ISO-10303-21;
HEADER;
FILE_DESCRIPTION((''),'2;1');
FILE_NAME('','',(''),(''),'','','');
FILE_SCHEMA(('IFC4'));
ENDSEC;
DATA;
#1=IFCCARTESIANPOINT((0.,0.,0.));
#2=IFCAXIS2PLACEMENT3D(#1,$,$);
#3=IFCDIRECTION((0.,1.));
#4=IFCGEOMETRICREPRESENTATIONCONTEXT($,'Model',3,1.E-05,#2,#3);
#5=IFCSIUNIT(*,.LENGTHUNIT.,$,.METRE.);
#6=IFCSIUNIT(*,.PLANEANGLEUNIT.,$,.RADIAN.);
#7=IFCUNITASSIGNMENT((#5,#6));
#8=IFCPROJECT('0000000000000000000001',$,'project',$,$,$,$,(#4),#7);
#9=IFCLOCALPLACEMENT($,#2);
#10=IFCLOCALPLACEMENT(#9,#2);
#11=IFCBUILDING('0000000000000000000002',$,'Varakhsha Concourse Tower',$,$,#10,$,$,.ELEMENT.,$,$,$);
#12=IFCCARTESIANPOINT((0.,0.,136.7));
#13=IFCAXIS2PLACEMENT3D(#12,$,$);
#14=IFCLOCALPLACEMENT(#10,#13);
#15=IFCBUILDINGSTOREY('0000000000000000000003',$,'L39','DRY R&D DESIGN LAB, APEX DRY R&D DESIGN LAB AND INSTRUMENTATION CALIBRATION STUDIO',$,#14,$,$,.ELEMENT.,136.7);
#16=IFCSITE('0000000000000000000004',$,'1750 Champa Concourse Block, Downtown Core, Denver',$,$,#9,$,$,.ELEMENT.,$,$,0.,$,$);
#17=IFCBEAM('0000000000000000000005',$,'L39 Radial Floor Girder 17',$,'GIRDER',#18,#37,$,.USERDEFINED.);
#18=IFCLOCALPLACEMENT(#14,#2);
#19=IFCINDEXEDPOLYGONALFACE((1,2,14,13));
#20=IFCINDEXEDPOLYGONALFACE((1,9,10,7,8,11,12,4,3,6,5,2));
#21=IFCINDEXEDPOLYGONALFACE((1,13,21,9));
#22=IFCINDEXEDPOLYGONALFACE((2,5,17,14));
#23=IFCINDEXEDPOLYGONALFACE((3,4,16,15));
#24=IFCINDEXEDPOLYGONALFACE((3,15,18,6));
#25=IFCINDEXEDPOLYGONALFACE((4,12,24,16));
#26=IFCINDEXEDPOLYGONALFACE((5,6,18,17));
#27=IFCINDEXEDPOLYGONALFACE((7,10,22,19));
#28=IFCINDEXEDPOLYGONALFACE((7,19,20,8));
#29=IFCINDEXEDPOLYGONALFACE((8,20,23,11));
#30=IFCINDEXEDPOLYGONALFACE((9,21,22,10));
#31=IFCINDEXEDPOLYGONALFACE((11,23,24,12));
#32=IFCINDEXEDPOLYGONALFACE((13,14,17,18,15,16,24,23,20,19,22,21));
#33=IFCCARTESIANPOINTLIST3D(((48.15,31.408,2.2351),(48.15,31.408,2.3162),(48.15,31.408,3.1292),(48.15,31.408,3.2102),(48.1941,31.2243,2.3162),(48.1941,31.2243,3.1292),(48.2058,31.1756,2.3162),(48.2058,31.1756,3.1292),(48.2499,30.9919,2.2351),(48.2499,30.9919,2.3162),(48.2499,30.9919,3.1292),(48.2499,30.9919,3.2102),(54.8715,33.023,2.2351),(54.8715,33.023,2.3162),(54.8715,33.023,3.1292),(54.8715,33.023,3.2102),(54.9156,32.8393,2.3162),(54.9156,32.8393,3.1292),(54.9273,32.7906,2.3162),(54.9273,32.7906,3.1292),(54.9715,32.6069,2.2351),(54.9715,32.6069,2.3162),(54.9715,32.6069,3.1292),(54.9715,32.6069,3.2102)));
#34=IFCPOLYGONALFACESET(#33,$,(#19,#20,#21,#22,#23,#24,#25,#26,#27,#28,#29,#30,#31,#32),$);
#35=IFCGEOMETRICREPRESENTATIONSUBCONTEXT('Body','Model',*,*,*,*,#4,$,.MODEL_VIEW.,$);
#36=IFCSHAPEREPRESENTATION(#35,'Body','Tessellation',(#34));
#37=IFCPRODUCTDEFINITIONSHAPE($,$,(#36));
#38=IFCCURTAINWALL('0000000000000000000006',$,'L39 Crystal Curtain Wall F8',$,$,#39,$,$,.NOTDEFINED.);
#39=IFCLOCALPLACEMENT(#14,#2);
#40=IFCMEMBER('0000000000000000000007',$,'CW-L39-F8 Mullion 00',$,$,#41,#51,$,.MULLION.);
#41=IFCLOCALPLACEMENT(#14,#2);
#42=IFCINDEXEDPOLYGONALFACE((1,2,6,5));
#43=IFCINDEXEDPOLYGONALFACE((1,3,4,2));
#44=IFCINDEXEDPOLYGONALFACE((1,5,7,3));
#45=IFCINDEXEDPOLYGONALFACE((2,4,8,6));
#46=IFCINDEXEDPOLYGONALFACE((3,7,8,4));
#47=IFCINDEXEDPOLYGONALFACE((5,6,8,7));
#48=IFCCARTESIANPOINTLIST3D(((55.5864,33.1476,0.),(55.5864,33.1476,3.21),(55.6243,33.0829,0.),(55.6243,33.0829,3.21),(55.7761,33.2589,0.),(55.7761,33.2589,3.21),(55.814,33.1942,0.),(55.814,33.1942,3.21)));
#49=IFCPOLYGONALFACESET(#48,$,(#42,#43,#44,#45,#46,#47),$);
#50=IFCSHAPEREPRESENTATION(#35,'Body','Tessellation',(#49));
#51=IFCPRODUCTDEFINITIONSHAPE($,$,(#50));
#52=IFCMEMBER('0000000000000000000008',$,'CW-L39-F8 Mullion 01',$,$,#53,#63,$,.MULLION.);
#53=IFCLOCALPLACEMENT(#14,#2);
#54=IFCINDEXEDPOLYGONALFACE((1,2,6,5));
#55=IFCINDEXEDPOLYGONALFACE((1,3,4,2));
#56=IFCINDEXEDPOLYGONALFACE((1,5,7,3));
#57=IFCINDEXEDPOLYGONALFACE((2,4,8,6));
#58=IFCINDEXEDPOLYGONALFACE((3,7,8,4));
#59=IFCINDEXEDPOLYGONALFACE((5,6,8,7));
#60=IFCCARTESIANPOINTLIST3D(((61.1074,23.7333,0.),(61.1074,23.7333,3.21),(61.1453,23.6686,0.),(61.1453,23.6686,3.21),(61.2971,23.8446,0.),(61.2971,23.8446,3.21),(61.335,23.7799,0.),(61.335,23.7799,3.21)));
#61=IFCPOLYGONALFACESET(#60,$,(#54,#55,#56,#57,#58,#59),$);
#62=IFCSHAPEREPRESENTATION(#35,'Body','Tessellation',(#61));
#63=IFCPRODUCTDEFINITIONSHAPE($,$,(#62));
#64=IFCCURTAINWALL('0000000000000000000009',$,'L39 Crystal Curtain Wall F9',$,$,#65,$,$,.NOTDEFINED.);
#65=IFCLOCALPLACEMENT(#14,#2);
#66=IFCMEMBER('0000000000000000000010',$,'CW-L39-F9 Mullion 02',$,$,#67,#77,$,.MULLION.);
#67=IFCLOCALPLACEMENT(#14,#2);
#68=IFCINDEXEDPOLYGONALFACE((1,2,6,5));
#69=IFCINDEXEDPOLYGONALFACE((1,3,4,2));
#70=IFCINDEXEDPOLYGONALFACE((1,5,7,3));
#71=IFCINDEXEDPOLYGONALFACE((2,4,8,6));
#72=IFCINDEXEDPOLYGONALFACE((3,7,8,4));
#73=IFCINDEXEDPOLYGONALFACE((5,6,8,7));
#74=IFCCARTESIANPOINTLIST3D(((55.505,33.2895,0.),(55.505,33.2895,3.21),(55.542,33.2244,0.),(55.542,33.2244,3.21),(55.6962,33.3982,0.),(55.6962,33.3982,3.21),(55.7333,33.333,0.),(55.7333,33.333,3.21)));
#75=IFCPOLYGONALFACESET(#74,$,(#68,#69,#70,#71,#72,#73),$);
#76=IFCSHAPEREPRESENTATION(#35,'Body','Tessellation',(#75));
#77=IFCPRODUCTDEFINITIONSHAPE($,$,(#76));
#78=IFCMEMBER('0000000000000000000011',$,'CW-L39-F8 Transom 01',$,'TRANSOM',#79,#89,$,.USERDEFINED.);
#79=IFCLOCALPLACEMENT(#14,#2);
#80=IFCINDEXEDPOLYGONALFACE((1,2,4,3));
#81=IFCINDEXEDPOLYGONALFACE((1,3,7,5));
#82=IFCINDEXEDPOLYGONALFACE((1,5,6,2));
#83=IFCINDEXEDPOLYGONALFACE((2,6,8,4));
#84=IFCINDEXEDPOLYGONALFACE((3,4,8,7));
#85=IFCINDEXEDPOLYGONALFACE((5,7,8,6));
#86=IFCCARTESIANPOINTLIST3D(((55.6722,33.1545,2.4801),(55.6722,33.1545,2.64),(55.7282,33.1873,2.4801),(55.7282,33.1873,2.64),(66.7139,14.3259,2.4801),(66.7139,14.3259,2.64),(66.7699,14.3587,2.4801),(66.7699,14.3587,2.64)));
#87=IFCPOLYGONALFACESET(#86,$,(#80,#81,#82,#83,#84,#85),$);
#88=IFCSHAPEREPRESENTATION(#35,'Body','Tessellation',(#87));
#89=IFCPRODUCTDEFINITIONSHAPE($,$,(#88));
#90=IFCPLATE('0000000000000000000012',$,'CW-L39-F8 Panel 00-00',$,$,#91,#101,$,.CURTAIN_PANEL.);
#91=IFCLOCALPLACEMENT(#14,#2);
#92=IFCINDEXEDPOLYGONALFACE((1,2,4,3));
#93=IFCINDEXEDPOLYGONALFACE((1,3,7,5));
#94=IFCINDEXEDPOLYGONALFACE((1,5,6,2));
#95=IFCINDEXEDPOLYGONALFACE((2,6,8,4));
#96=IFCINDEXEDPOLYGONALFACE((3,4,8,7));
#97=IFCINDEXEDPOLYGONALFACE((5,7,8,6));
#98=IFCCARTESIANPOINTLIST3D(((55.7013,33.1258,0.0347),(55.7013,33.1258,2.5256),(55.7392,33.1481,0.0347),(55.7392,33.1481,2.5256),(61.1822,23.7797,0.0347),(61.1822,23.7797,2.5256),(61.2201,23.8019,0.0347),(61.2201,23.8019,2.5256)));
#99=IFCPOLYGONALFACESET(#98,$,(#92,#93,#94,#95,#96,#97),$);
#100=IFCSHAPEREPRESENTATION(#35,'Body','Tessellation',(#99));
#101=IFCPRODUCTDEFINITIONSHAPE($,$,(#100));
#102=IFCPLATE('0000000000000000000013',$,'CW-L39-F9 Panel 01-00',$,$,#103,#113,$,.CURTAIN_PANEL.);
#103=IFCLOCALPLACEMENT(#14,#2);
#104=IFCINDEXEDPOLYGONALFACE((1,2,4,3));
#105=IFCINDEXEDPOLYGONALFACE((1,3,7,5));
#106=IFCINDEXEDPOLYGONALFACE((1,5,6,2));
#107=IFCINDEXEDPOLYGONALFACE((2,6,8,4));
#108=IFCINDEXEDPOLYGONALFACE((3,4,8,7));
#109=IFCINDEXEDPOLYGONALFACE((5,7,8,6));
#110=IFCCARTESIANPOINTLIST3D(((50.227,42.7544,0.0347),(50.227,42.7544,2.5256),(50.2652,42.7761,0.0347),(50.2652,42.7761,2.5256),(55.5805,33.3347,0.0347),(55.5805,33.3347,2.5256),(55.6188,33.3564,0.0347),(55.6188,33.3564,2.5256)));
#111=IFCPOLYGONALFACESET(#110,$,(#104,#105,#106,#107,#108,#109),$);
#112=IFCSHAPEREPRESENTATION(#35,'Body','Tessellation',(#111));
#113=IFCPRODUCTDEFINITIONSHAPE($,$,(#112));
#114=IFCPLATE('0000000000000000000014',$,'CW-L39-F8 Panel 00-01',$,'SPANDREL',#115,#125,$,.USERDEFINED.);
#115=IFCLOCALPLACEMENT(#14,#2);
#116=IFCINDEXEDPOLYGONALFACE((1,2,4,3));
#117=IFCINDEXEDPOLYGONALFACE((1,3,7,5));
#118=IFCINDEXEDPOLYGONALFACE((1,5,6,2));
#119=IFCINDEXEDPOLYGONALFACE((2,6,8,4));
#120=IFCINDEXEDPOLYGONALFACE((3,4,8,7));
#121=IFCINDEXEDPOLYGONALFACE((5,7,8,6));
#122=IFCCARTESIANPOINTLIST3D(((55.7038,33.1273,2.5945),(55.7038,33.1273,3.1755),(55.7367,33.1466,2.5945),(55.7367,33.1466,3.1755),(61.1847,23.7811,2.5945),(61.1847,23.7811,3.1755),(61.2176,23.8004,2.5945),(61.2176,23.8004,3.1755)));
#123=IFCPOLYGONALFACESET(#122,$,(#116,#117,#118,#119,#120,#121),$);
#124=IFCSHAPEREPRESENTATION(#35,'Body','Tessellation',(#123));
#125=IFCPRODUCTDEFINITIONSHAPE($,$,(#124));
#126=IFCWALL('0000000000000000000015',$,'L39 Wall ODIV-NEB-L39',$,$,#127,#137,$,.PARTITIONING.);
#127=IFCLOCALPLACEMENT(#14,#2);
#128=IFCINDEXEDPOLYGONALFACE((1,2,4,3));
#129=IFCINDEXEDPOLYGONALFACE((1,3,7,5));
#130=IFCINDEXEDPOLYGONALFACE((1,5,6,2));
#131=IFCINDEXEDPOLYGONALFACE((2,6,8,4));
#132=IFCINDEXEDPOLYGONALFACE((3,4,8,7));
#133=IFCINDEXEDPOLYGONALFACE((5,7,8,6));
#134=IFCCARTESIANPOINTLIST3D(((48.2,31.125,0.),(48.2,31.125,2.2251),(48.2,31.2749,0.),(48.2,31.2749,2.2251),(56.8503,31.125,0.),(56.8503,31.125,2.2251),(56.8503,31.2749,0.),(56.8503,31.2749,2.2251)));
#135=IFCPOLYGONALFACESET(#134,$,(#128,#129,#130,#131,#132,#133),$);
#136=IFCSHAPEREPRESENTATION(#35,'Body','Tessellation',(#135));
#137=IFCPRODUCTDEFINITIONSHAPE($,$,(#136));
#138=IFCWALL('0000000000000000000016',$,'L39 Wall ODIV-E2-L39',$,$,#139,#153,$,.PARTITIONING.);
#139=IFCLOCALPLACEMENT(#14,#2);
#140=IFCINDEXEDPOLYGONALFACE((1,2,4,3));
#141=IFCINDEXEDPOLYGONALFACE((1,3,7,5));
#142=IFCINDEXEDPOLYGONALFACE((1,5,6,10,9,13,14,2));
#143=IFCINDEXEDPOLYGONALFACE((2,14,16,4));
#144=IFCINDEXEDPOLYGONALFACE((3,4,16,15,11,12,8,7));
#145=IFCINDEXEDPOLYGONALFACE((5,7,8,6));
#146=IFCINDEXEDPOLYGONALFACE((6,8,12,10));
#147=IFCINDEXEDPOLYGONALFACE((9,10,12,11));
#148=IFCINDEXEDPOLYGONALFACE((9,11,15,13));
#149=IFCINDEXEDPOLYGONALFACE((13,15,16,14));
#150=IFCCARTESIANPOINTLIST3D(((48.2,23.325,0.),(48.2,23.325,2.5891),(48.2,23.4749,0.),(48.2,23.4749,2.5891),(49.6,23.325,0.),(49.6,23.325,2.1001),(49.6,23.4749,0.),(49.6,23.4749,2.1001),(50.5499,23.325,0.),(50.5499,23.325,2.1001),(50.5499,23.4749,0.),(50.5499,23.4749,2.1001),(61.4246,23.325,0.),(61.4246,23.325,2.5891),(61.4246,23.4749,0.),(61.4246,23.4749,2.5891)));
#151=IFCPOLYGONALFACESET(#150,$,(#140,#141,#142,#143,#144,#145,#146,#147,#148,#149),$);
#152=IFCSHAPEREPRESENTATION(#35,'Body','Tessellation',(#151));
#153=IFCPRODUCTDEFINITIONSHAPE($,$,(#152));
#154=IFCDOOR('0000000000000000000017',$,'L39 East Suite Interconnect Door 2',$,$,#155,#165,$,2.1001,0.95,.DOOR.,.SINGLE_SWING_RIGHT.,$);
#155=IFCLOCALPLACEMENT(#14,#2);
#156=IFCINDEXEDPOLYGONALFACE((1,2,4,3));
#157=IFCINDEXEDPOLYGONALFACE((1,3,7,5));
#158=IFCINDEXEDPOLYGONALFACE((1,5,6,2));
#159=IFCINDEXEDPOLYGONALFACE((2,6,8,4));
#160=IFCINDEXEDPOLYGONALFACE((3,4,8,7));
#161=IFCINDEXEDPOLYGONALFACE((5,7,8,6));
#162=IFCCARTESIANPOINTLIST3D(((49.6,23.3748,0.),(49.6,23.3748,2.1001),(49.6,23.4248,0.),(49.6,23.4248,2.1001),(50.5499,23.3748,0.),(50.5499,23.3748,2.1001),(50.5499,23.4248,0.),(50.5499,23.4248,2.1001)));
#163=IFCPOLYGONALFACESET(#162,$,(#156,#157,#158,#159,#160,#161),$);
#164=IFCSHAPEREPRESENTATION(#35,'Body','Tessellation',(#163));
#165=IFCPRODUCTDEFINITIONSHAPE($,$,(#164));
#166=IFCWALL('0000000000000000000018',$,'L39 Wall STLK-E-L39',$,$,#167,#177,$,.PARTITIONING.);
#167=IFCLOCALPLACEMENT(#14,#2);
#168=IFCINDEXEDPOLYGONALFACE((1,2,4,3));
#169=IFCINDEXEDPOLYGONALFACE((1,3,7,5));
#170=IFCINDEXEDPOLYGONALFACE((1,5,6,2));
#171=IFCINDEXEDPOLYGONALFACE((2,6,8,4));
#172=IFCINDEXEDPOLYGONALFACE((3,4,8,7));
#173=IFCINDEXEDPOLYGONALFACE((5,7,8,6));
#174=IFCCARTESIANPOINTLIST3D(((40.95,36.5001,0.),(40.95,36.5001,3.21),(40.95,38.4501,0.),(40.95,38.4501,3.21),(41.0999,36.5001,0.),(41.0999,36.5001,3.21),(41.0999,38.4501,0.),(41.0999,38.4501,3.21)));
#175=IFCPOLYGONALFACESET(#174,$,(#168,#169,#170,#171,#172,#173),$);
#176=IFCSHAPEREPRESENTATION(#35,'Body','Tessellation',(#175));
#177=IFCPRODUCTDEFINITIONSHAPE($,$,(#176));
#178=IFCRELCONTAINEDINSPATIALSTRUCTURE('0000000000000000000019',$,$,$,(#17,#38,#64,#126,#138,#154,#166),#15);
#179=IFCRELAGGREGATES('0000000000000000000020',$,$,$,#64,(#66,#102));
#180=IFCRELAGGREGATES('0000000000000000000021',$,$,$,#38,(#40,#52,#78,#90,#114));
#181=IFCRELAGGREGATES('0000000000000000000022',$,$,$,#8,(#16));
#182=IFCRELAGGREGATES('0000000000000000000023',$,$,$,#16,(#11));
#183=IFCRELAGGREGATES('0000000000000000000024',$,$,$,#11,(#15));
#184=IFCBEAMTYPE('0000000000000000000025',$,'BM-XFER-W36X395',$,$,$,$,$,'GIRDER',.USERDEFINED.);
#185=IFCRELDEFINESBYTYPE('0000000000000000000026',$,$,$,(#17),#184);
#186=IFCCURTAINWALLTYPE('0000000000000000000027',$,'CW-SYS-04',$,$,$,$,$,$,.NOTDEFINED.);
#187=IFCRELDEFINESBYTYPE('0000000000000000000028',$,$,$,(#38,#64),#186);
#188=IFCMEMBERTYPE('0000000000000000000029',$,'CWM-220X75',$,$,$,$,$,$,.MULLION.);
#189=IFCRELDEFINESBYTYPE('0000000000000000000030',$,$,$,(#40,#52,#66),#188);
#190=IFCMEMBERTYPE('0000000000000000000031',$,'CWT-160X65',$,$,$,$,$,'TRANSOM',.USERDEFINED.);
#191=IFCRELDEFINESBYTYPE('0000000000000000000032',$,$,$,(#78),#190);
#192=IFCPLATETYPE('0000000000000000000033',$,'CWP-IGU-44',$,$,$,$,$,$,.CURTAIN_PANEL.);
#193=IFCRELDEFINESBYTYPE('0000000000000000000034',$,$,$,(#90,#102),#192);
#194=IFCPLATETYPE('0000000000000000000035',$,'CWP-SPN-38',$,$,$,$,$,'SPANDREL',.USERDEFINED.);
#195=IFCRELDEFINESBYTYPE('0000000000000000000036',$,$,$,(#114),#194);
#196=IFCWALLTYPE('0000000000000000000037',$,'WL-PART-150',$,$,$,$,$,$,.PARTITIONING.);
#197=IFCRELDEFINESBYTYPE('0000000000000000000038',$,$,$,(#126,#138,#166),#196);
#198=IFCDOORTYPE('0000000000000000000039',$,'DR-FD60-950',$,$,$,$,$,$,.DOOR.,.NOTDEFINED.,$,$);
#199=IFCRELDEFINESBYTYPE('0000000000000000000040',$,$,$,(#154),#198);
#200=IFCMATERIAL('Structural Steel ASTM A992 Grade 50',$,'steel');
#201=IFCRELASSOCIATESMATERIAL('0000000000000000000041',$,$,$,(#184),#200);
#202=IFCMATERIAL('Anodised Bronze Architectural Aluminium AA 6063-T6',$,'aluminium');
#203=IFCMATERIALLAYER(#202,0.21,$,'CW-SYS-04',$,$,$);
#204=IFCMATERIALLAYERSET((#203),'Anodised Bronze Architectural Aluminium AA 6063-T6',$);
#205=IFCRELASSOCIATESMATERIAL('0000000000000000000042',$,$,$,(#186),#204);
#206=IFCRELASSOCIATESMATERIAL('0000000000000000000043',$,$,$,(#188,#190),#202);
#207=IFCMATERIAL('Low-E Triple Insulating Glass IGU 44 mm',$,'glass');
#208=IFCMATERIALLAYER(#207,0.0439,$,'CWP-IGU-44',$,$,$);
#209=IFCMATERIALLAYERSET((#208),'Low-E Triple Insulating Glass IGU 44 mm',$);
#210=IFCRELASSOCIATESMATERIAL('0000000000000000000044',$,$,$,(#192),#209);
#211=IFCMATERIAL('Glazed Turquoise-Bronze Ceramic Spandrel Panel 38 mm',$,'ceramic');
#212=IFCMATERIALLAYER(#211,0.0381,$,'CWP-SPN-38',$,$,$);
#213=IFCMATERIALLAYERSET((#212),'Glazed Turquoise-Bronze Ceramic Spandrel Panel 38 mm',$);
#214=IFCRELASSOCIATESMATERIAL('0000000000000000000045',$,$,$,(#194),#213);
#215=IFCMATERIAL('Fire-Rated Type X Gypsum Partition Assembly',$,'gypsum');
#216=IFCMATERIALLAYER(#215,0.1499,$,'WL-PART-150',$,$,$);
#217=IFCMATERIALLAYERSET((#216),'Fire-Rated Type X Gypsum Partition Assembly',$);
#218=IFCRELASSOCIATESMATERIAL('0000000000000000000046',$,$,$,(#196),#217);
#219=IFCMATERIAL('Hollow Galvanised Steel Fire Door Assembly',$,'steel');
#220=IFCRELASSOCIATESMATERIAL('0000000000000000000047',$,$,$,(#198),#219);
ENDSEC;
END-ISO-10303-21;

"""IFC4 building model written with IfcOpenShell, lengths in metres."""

from ifc_helpers import new_model, si_unit, direction, frame, frame_2d, origin, origin_2d, place, context, subcontext, project, spatial, rectangle, i_section, extrude, source, transform, mapped, material, layer, layer_set, material_profile, profile_set, type_object, type_shapes, element, fill, aggregate, save


model = new_model("IFC4")

# Units and contexts
model_context = context("Model", 3, precision=1e-05, world=origin(), true_north=direction((0.0, 1.0)))
body_context = subcontext(model_context, "Body", "Model", "MODEL_VIEW")
ifc_project = project(units=[si_unit("LENGTHUNIT", "METRE"), si_unit("PLANEANGLEUNIT", "RADIAN")], contexts=[model_context])

# Site, building, storey
site_placement = place(None, origin())
site = spatial("IfcSite", under=ifc_project, at=site_placement, Name="1750 Champa Concourse Block, Downtown Core, Denver", CompositionType="ELEMENT", RefElevation=0.0)
building_placement = place(site_placement, origin())
building = spatial("IfcBuilding", under=site, at=building_placement, Name="Varakhsha Concourse Tower", CompositionType="ELEMENT")
storey_placement = place(building_placement, frame((0.0, 0.0, 136.7)))
storey = spatial("IfcBuildingStorey", under=building, at=storey_placement, Name="L39", Description="DRY R&D DESIGN LAB, APEX DRY R&D DESIGN LAB AND INSTRUMENTATION CALIBRATION STUDIO", CompositionType="ELEMENT", Elevation=136.7)

# Shared definitions
ifc_material_1 = material(Name="Structural Steel ASTM A992 Grade 50", Category="steel")

# Beam
ifc_material_profile_1 = material_profile(ifc_material_1, i_section(OverallWidth=0.428, OverallDepth=0.9751, WebThickness=0.05, FlangeThickness=0.0811, at=origin_2d()), Name="W36X395")
ifc_profile_set_1 = profile_set([ifc_material_profile_1], Name="Structural Steel ASTM A992 Grade 50")
beam_type_1 = type_object("IfcBeamType", Name="BM-XFER-W36X395", ElementType="GIRDER", PredefinedType="USERDEFINED", material=ifc_profile_set_1)
beam_1_placement = place(storey_placement, frame((48.2, 31.2, 2.7227), z_axis=(0.972327, 0.233625, 0.0), x_axis=(-0.233625, 0.972327, 0.0)))
element("IfcBeam", 1, at=beam_1_placement, inside=storey, type_object=beam_type_1, Name="L39 Radial Floor Girder 17", ObjectType="GIRDER", PredefinedType="USERDEFINED", context=body_context, shape_type="SweptSolid", body=[
    extrude(i_section(OverallWidth=0.428, OverallDepth=0.9751, WebThickness=0.05, FlangeThickness=0.0811, at=origin_2d()), origin(), (0.0, 0.0, 1.0), 6.9128),
])

# Curtain wall, members
ifc_material_2 = material(Name="Anodised Bronze Architectural Aluminium AA 6063-T6", Category="aluminium")
ifc_layer_1 = layer(ifc_material_2, 0.21, Name="CW-SYS-04")
ifc_layer_set_1 = layer_set([ifc_layer_1], Name="Anodised Bronze Architectural Aluminium AA 6063-T6")
curtain_wall_type = type_object("IfcCurtainWallType", Name="CW-SYS-04", PredefinedType="NOTDEFINED", material=ifc_layer_set_1)
curtain_wall_1_placement = place(storey_placement, origin())
curtain_wall_1 = element("IfcCurtainWall", 2, at=curtain_wall_1_placement, inside=storey, type_object=curtain_wall_type, Name="L39 Crystal Curtain Wall F8", PredefinedType="NOTDEFINED")
ifc_material_profile_2 = material_profile(ifc_material_2, rectangle(XDim=0.075, YDim=0.22, at=origin_2d()), Name="CWM-220X75")
ifc_profile_set_2 = profile_set([ifc_material_profile_2], Name="Anodised Bronze Architectural Aluminium AA 6063-T6")
member_type_1 = type_object("IfcMemberType", Name="CWM-220X75", PredefinedType="MULLION", material=ifc_profile_set_2)
shared_shape_1 = source(origin(), body_context, "Body", "SweptSolid", [
    extrude(rectangle(XDim=0.075, YDim=0.22, at=origin_2d()), origin(), (0.0, 0.0, 1.0), 3.21),
])
type_shapes(member_type_1, [shared_shape_1])
member_1_placement = place(storey_placement, frame((55.7002, 33.1709, 0.0), z_axis=(0.0, 0.0, 1.0), x_axis=(0.505862, -0.862614, 0.0)))
member_1 = element("IfcMember", 3, at=member_1_placement, type_object=member_type_1, Name="CW-L39-F8 Mullion 00", PredefinedType="MULLION", context=body_context, shape_type="MappedRepresentation", body=[
    mapped(shared_shape_1, transform((0.0, 0.0, 0.0), scale=1.0)),
])
member_2_placement = place(storey_placement, frame((61.2212, 23.7566, 0.0), z_axis=(0.0, 0.0, 1.0), x_axis=(0.505862, -0.862614, 0.0)))
member_2 = element("IfcMember", 4, at=member_2_placement, type_object=member_type_1, Name="CW-L39-F8 Mullion 01", PredefinedType="MULLION", context=body_context, shape_type="MappedRepresentation", body=[
    mapped(shared_shape_1, transform((0.0, 0.0, 0.0), scale=1.0)),
])

# Curtain wall, member
curtain_wall_2_placement = place(storey_placement, origin())
curtain_wall_2 = element("IfcCurtainWall", 5, at=curtain_wall_2_placement, inside=storey, type_object=curtain_wall_type, Name="L39 Crystal Curtain Wall F9", PredefinedType="NOTDEFINED")
member_3_placement = place(storey_placement, frame((55.6191, 33.3113, 0.0), z_axis=(0.0, 0.0, 1.0), x_axis=(0.494115, -0.869397, 0.0)))
member_3 = element("IfcMember", 6, at=member_3_placement, type_object=member_type_1, Name="CW-L39-F9 Mullion 02", PredefinedType="MULLION", context=body_context, shape_type="MappedRepresentation", body=[
    mapped(shared_shape_1, transform((0.0, 0.0, 0.0), scale=1.0)),
])

# Member
ifc_material_profile_3 = material_profile(ifc_material_2, rectangle(XDim=0.0649, YDim=0.1599, at=origin_2d()), Name="CWT-160X65")
ifc_profile_set_3 = profile_set([ifc_material_profile_3], Name="Anodised Bronze Architectural Aluminium AA 6063-T6")
member_type_2 = type_object("IfcMemberType", Name="CWT-160X65", ElementType="TRANSOM", PredefinedType="USERDEFINED", material=ifc_profile_set_3)
shared_shape_2 = source(origin(), body_context, "Body", "SweptSolid", [
    extrude(rectangle(XDim=0.0649, YDim=0.1599, at=origin_2d()), origin(), (0.0, 0.0, 1.0), 21.8274),
])
type_shapes(member_type_2, [shared_shape_2])
member_4_placement = place(storey_placement, frame((55.7002, 33.1709, 2.5601), z_axis=(0.505866, -0.862612, 0.0), x_axis=(0.862612, 0.505866, 0.0)))
member_4 = element("IfcMember", 7, at=member_4_placement, type_object=member_type_2, Name="CW-L39-F8 Transom 01", ObjectType="TRANSOM", PredefinedType="USERDEFINED", context=body_context, shape_type="MappedRepresentation", body=[
    mapped(shared_shape_2, transform((0.0, 0.0, 0.0), scale=1.0)),
])

# Plates
ifc_material_3 = material(Name="Low-E Triple Insulating Glass IGU 44 mm", Category="glass")
ifc_layer_2 = layer(ifc_material_3, 0.0439, Name="CWP-IGU-44")
ifc_layer_set_2 = layer_set([ifc_layer_2], Name="Low-E Triple Insulating Glass IGU 44 mm")
plate_type_1 = type_object("IfcPlateType", Name="CWP-IGU-44", PredefinedType="CURTAIN_PANEL", material=ifc_layer_set_2)
shared_shape_3 = source(origin(), body_context, "Body", "SweptSolid", [
    extrude(rectangle(XDim=10.8347, YDim=0.0439, at=origin_2d()), origin(), (0.0, 0.0, 1.0), 2.491),
])
type_shapes(plate_type_1, [shared_shape_3])
plate_1_placement = place(storey_placement, frame((58.4607, 28.4639, 0.0347), z_axis=(0.0, 0.0, 1.0), x_axis=(0.505862, -0.862614, 0.0)))
plate_1 = element("IfcPlate", 8, at=plate_1_placement, type_object=plate_type_1, Name="CW-L39-F8 Panel 00-00", PredefinedType="CURTAIN_PANEL", context=body_context, shape_type="MappedRepresentation", body=[
    mapped(shared_shape_3, transform((0.0, 0.0, 0.0), scale=1.0)),
])
plate_2_placement = place(storey_placement, frame((52.9229, 38.0554, 0.0347), z_axis=(0.0, 0.0, 1.0), x_axis=(0.494115, -0.869397, 0.0)))
plate_2 = element("IfcPlate", 9, at=plate_2_placement, type_object=plate_type_1, Name="CW-L39-F9 Panel 01-00", PredefinedType="CURTAIN_PANEL", context=body_context, shape_type="MappedRepresentation", body=[
    mapped(shared_shape_3, transform((0.0, 0.0, 0.0), scale=1.0)),
])
aggregate(curtain_wall_2, [member_3, plate_2])
ifc_material_4 = material(Name="Glazed Turquoise-Bronze Ceramic Spandrel Panel 38 mm", Category="ceramic")
ifc_layer_3 = layer(ifc_material_4, 0.0381, Name="CWP-SPN-38")
ifc_layer_set_3 = layer_set([ifc_layer_3], Name="Glazed Turquoise-Bronze Ceramic Spandrel Panel 38 mm")
plate_type_2 = type_object("IfcPlateType", Name="CWP-SPN-38", ElementType="SPANDREL", PredefinedType="USERDEFINED", material=ifc_layer_set_3)
shared_shape_4 = source(origin(), body_context, "Body", "SweptSolid", [
    extrude(rectangle(XDim=10.8347, YDim=0.0381, at=origin_2d()), origin(), (0.0, 0.0, 1.0), 0.5811),
])
type_shapes(plate_type_2, [shared_shape_4])
plate_3_placement = place(storey_placement, frame((58.4607, 28.4639, 2.5945), z_axis=(0.0, 0.0, 1.0), x_axis=(0.505862, -0.862614, 0.0)))
plate_3 = element("IfcPlate", 10, at=plate_3_placement, type_object=plate_type_2, Name="CW-L39-F8 Panel 00-01", ObjectType="SPANDREL", PredefinedType="USERDEFINED", context=body_context, shape_type="MappedRepresentation", body=[
    mapped(shared_shape_4, transform((0.0, 0.0, 0.0), scale=1.0)),
])
aggregate(curtain_wall_1, [member_1, member_2, member_4, plate_1, plate_3])

# Wall
ifc_material_5 = material(Name="Fire-Rated Type X Gypsum Partition Assembly", Category="gypsum")
ifc_layer_4 = layer(ifc_material_5, 0.1499, Name="WL-PART-150")
ifc_layer_set_4 = layer_set([ifc_layer_4], Name="Fire-Rated Type X Gypsum Partition Assembly")
wall_type_1 = type_object("IfcWallType", Name="WL-PART-150", PredefinedType="PARTITIONING", material=ifc_layer_set_4)
wall_1_placement = place(storey_placement, frame((48.2, 31.2, 0.0), z_axis=(0.0, 0.0, 1.0), x_axis=(1.0, 0.0, 0.0)))
element("IfcWall", 11, at=wall_1_placement, inside=storey, type_object=wall_type_1, Name="L39 Wall ODIV-NEB-L39", PredefinedType="PARTITIONING", context=body_context, shape_type="SweptSolid", body=[
    extrude(rectangle(XDim=8.6504, YDim=0.1499, at=frame_2d((4.3252, 0.0))), origin(), (0.0, 0.0, 1.0), 2.2251),
])

# Wall, opening, door
wall_2_placement = place(storey_placement, frame((48.2, 23.3999, 0.0), z_axis=(0.0, 0.0, 1.0), x_axis=(1.0, 0.0, 0.0)))
wall_2 = element("IfcWall", 12, at=wall_2_placement, inside=storey, type_object=wall_type_1, Name="L39 Wall ODIV-E2-L39", PredefinedType="PARTITIONING", context=body_context, shape_type="SweptSolid", body=[
    extrude(rectangle(XDim=13.2246, YDim=0.1499, at=frame_2d((6.6123, 0.0))), origin(), (0.0, 0.0, 1.0), 2.5891),
])
opening_placement = place(wall_2_placement, frame((1.3999, 0.0, 0.0)))
opening = element("IfcOpeningElement", 13, at=opening_placement, cuts=wall_2, PredefinedType="OPENING", context=body_context, shape_type="SweptSolid", body=[
    extrude(rectangle(XDim=0.95, YDim=2.1001, at=frame_2d((0.4751, 1.05))), frame((0.0, 0.085, 0.0), z_axis=(0.0, -1.0, 0.0), x_axis=(1.0, 0.0, 0.0)), (0.0, 0.0, 1.0), 0.1699),
])
ifc_material_6 = material(Name="Hollow Galvanised Steel Fire Door Assembly", Category="steel")
door_type = type_object("IfcDoorType", Name="DR-FD60-950", OperationType="NOTDEFINED", PredefinedType="DOOR", material=ifc_material_6)
door_placement = place(opening_placement, origin())
door = element("IfcDoor", 14, at=door_placement, inside=storey, type_object=door_type, Name="L39 East Suite Interconnect Door 2", OperationType="SINGLE_SWING_RIGHT", OverallHeight=2.1001, OverallWidth=0.95, PredefinedType="DOOR", context=body_context, shape_type="SweptSolid", body=[
    extrude(rectangle(XDim=0.95, YDim=2.1001, at=frame_2d((0.4751, 1.05))), frame((0.0, 0.0249, 0.0), z_axis=(0.0, -1.0, 0.0), x_axis=(1.0, 0.0, 0.0)), (0.0, 0.0, 1.0), 0.05),
])
fill(opening, door)

# Wall
wall_3_placement = place(storey_placement, frame((41.0249, 36.5, 0.0), z_axis=(0.0, 0.0, 1.0), x_axis=(0.0, 1.0, 0.0)))
element("IfcWall", 15, at=wall_3_placement, inside=storey, type_object=wall_type_1, Name="L39 Wall STLK-E-L39", PredefinedType="PARTITIONING", context=body_context, shape_type="SweptSolid", body=[
    extrude(rectangle(XDim=1.95, YDim=0.1499, at=frame_2d((0.9751, 0.0))), origin(), (0.0, 0.0, 1.0), 3.21),
])

save(model, "model.ifc")
